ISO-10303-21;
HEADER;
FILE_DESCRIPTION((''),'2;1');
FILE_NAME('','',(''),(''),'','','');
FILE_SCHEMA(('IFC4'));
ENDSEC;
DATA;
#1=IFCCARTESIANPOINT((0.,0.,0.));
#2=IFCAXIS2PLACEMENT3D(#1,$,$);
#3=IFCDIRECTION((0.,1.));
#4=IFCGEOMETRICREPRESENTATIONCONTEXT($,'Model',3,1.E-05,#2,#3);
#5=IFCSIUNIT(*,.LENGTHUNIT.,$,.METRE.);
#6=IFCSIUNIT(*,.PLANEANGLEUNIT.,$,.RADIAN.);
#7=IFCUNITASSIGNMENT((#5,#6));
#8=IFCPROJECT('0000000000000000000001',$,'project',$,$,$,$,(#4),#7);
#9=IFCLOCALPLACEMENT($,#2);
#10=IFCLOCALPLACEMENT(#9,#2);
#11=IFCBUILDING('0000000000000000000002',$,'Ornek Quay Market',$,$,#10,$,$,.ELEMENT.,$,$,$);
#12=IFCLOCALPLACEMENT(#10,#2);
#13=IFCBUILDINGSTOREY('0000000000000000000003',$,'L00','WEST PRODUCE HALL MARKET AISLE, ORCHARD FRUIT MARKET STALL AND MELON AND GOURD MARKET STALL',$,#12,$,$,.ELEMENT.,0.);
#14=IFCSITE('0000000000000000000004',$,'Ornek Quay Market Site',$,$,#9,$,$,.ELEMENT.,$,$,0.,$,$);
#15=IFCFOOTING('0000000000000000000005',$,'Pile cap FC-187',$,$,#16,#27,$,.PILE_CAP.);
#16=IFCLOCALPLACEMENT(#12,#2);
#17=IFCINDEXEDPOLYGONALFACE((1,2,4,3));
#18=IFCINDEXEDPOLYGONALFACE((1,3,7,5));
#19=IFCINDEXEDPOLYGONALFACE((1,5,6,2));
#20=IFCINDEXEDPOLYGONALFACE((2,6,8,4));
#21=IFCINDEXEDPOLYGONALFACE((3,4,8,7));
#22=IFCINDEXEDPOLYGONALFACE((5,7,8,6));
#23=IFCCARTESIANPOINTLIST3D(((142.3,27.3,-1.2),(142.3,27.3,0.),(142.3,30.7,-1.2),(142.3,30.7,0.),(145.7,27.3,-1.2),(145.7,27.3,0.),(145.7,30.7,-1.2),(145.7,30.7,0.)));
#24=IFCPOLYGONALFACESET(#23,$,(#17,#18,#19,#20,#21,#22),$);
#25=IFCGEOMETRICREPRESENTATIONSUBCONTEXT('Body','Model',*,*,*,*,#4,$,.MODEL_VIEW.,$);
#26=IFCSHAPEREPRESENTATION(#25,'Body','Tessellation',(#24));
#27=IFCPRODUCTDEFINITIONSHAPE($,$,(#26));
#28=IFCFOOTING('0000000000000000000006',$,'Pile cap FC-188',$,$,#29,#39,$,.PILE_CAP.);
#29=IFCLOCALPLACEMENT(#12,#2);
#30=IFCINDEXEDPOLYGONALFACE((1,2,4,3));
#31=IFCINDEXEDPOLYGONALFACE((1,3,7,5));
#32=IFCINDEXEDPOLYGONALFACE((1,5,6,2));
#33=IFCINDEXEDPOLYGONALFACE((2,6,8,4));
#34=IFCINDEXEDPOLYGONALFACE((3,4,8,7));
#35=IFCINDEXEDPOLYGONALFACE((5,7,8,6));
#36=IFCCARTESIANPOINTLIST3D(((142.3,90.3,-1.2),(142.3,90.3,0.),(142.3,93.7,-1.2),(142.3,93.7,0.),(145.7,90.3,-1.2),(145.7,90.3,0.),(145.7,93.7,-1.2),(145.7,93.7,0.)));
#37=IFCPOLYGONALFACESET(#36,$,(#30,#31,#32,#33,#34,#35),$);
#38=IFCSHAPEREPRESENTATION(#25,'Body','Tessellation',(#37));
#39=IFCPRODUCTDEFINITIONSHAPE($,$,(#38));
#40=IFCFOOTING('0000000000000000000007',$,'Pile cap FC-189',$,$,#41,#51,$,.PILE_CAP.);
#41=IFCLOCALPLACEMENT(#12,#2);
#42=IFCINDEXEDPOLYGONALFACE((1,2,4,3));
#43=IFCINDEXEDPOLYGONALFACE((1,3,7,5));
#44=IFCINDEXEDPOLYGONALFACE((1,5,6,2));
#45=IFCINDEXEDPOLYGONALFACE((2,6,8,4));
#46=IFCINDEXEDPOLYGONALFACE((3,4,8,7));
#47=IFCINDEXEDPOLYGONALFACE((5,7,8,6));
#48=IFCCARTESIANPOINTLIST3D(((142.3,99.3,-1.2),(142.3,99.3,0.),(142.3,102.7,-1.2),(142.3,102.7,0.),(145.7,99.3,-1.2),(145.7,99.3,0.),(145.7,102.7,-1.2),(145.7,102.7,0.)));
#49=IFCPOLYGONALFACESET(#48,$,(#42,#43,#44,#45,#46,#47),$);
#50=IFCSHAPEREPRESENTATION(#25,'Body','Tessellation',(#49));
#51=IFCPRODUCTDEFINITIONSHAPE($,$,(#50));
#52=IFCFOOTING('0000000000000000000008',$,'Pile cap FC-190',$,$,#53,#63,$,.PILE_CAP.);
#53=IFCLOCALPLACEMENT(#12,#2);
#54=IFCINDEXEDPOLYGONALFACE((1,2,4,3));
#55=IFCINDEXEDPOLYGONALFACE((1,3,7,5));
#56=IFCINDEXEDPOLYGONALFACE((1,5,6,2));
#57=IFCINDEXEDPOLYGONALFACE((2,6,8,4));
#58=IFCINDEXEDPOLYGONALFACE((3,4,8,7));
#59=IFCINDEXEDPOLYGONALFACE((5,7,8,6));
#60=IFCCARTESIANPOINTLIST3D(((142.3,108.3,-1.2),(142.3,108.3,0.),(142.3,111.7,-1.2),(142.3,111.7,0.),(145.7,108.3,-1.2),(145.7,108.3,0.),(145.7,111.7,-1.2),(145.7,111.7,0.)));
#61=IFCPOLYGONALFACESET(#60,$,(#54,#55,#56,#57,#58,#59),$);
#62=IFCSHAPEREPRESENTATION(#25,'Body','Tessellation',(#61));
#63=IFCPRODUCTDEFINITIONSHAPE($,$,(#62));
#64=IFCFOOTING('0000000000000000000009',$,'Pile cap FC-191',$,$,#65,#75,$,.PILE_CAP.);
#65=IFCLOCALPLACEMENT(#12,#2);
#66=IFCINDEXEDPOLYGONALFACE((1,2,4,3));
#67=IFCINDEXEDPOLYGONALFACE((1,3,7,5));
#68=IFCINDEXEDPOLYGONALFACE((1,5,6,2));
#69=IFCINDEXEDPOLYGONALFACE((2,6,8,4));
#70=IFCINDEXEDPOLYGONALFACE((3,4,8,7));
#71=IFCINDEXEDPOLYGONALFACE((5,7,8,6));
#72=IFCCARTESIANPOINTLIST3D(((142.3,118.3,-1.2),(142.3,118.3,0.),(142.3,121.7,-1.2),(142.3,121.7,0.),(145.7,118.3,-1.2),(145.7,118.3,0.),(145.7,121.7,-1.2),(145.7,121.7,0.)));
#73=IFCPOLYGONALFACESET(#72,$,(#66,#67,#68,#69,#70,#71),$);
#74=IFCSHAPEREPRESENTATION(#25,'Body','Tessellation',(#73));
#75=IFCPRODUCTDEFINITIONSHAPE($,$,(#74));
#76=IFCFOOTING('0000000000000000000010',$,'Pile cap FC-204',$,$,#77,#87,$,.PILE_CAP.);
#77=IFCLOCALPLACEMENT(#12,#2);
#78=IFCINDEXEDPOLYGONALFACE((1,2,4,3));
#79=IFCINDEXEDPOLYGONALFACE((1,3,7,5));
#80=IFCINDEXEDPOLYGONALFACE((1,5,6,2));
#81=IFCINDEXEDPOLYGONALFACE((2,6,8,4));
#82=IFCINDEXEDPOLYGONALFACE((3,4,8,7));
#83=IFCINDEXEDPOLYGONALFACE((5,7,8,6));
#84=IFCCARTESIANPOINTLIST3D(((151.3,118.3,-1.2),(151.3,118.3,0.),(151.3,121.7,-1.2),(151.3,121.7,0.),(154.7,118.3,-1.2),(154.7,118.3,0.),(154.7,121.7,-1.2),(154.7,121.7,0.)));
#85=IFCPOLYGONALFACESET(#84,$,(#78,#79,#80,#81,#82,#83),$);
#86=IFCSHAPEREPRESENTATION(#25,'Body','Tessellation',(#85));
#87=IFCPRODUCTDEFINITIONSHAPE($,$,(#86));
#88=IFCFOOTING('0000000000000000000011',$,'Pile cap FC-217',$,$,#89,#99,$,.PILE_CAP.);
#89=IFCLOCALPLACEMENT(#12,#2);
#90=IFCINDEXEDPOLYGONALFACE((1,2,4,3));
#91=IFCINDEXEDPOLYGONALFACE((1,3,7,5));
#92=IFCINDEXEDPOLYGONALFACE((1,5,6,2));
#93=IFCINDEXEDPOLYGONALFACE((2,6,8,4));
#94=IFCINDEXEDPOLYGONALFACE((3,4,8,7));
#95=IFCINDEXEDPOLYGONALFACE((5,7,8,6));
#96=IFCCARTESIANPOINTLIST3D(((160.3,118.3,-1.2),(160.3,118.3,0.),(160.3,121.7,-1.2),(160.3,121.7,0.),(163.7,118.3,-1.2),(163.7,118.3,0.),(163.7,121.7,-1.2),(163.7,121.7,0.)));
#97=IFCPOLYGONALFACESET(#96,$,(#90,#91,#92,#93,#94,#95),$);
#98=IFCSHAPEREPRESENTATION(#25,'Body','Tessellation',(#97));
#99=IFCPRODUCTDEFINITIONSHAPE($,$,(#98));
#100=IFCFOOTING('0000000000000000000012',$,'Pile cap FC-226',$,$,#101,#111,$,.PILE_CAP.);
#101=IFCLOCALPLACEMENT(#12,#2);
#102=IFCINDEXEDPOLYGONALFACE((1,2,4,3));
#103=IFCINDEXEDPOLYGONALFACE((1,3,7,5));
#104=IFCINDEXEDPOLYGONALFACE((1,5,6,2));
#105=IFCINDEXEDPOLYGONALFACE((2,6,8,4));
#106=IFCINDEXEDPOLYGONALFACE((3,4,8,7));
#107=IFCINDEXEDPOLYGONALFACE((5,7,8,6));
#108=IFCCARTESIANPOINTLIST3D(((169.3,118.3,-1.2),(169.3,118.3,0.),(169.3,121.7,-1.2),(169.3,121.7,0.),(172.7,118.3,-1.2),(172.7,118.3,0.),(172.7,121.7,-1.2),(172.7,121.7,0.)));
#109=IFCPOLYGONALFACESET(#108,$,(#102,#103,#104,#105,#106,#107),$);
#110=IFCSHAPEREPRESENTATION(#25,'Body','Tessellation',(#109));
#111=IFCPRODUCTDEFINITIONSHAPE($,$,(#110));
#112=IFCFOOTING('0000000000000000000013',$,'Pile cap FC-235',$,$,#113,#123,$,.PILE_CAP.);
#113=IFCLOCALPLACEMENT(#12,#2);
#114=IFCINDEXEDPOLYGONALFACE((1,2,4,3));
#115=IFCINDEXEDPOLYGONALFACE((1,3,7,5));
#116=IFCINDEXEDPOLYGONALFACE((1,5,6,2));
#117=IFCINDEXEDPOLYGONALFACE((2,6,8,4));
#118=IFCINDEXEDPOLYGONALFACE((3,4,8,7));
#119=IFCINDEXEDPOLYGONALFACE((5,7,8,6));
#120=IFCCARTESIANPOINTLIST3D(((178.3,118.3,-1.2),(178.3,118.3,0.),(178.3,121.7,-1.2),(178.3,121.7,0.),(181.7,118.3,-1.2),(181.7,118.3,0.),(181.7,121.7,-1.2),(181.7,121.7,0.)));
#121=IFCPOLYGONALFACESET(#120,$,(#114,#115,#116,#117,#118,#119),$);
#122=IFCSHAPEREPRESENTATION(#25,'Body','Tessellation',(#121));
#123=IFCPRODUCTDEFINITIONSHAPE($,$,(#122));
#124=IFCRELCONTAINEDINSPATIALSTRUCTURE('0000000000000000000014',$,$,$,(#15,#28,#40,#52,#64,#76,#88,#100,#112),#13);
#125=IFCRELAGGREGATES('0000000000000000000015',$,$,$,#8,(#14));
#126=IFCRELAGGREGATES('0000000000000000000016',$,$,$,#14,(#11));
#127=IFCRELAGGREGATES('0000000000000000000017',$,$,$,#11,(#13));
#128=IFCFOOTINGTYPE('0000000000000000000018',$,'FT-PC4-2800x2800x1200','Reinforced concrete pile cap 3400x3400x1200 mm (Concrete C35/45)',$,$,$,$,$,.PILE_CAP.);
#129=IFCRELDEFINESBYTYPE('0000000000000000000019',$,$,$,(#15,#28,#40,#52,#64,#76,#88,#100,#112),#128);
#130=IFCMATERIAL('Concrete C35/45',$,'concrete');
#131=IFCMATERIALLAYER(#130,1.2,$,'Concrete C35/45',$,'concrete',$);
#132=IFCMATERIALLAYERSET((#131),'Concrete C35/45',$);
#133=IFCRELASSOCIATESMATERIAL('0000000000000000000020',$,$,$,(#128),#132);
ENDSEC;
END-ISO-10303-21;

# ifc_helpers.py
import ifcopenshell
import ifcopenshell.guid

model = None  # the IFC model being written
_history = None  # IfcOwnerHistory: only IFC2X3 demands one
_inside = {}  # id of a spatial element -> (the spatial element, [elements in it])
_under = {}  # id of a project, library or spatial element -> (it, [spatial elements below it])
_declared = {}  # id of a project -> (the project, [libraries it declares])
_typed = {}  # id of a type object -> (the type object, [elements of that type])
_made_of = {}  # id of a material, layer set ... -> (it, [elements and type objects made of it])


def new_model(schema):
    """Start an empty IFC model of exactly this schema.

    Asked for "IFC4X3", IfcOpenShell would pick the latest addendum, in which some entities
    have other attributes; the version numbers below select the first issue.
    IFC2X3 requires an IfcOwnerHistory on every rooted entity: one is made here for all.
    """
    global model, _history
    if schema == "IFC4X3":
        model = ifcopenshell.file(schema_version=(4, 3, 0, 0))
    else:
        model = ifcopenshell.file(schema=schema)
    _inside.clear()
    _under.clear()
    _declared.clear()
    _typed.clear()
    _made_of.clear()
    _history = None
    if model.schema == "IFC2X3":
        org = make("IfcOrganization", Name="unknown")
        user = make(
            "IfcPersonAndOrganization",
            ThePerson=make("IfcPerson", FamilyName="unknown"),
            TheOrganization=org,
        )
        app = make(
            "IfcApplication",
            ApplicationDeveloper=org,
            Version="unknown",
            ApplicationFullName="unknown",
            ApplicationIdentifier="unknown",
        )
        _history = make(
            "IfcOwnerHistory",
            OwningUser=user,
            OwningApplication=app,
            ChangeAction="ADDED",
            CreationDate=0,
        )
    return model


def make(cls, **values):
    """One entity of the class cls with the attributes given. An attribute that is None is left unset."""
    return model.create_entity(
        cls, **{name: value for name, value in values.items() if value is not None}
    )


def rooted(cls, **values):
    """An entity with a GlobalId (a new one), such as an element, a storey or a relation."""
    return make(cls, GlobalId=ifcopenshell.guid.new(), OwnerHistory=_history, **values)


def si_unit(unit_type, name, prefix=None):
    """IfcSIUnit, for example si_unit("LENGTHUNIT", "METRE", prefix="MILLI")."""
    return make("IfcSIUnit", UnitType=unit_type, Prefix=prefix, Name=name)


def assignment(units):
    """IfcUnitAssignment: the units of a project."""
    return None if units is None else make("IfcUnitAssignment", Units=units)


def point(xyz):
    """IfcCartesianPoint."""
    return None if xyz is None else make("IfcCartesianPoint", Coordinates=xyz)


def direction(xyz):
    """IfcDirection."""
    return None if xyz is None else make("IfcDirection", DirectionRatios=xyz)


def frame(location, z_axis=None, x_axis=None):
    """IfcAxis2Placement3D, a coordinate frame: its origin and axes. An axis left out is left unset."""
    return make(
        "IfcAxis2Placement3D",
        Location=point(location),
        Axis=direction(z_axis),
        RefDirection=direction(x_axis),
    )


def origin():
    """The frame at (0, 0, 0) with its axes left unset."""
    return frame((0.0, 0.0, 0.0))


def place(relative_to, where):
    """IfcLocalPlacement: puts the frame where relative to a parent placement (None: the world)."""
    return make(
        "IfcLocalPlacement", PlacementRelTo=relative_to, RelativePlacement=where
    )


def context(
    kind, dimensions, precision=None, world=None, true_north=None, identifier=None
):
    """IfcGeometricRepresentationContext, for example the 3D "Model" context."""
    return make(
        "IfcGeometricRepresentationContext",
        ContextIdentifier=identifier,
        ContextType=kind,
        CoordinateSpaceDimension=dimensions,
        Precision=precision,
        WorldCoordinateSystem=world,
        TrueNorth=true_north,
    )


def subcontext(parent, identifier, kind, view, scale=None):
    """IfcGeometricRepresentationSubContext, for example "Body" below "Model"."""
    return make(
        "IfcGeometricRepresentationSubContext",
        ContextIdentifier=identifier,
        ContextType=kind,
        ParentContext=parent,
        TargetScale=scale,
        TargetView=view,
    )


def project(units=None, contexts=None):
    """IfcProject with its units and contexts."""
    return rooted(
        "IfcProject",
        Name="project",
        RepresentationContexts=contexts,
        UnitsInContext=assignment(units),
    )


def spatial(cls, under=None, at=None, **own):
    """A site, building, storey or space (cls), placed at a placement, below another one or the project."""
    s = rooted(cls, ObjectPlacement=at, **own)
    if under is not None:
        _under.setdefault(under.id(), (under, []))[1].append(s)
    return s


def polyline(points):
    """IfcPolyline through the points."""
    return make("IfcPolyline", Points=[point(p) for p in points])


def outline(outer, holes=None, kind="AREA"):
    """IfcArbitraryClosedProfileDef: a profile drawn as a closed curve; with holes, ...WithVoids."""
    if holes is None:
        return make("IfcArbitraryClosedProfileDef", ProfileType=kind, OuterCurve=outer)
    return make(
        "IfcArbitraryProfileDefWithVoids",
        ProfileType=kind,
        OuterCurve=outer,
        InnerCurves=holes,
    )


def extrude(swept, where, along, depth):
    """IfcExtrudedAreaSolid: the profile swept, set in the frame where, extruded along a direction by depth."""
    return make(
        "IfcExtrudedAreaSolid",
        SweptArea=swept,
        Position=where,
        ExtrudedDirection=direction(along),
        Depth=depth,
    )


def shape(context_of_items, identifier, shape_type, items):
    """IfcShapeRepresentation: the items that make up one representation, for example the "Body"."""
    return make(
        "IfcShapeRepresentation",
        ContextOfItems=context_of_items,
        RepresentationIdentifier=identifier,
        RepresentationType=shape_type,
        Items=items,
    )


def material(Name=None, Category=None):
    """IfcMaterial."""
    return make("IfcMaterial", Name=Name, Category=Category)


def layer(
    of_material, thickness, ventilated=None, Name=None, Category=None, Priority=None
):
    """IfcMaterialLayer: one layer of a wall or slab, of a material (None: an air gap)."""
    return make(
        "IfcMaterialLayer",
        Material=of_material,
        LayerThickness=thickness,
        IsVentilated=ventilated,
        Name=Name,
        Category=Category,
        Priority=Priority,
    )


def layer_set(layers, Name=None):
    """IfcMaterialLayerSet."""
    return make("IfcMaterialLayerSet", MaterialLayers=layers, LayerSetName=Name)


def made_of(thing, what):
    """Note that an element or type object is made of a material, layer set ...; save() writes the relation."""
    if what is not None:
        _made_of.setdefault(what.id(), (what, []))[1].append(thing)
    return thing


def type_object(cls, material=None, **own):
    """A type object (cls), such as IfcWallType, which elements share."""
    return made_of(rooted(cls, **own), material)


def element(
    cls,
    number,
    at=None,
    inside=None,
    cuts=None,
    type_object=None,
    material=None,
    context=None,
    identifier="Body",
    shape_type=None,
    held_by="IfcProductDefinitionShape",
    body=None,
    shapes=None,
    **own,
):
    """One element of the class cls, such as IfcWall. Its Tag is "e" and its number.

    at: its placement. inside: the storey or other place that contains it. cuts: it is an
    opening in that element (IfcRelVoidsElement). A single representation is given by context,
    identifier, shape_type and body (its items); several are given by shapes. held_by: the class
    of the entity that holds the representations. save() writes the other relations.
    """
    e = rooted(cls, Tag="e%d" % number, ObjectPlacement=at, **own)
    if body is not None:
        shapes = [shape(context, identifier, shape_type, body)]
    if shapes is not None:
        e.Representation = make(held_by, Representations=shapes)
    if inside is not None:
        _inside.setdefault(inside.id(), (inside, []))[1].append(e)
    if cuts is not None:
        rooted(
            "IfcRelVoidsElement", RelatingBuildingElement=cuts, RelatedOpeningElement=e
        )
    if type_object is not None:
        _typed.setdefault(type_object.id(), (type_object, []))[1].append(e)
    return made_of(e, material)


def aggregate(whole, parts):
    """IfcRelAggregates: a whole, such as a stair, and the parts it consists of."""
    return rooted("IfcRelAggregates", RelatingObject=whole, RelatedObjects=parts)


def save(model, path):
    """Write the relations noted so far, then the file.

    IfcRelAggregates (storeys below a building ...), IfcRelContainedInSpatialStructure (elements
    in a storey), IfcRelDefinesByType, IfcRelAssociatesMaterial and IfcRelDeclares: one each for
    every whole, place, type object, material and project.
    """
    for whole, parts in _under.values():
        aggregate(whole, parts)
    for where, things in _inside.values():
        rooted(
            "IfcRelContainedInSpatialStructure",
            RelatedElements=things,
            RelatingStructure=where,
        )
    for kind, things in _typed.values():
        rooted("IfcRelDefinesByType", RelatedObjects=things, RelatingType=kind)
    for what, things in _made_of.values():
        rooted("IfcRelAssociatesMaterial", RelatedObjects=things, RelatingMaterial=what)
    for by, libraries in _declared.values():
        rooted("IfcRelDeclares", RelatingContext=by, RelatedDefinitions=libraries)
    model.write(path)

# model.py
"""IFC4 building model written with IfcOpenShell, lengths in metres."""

from ifc_helpers import new_model, si_unit, direction, frame, origin, place, context, subcontext, project, spatial, polyline, outline, extrude, material, layer, layer_set, type_object, element, save


model = new_model("IFC4")

# Units and contexts
model_context = context("Model", 3, precision=1e-05, world=origin(), true_north=direction((0.0, 1.0)))
body_context = subcontext(model_context, "Body", "Model", "MODEL_VIEW")
ifc_project = project(units=[si_unit("LENGTHUNIT", "METRE"), si_unit("PLANEANGLEUNIT", "RADIAN")], contexts=[model_context])

# Site, building, storey
site_placement = place(None, origin())
site = spatial("IfcSite", under=ifc_project, at=site_placement, Name="Ornek Quay Market Site", CompositionType="ELEMENT", RefElevation=0.0)
building_placement = place(site_placement, origin())
building = spatial("IfcBuilding", under=site, at=building_placement, Name="Ornek Quay Market", CompositionType="ELEMENT")
storey_placement = place(building_placement, origin())
storey = spatial("IfcBuildingStorey", under=building, at=storey_placement, Name="L00", Description="WEST PRODUCE HALL MARKET AISLE, ORCHARD FRUIT MARKET STALL AND MELON AND GOURD MARKET STALL", CompositionType="ELEMENT", Elevation=0.0)

# Footings
ifc_material = material(Name="Concrete C35/45", Category="concrete")
ifc_layer = layer(ifc_material, 1.2, Name="Concrete C35/45", Category="concrete")
ifc_layer_set = layer_set([ifc_layer], Name="Concrete C35/45")
footing_type = type_object("IfcFootingType", Name="FT-PC4-2800x2800x1200", Description="Reinforced concrete pile cap 3400x3400x1200 mm (Concrete C35/45)", PredefinedType="PILE_CAP", material=ifc_layer_set)
footing_1_placement = place(storey_placement, frame((0.0, 0.0, -1.2)))
element("IfcFooting", 1, at=footing_1_placement, inside=storey, type_object=footing_type, Name="Pile cap FC-187", PredefinedType="PILE_CAP", context=body_context, shape_type="SweptSolid", body=[
    extrude(outline(polyline([(142.3, 27.3), (145.7, 27.3), (145.7, 30.7), (142.3, 30.7), (142.3, 27.3)])), origin(), (0.0, 0.0, 1.0), 1.2),
])
footing_2_placement = place(storey_placement, frame((0.0, 0.0, -1.2)))
element("IfcFooting", 2, at=footing_2_placement, inside=storey, type_object=footing_type, Name="Pile cap FC-188", PredefinedType="PILE_CAP", context=body_context, shape_type="SweptSolid", body=[
    extrude(outline(polyline([(142.3, 90.3), (145.7, 90.3), (145.7, 93.7), (142.3, 93.7), (142.3, 90.3)])), origin(), (0.0, 0.0, 1.0), 1.2),
])
footing_3_placement = place(storey_placement, frame((0.0, 0.0, -1.2)))
element("IfcFooting", 3, at=footing_3_placement, inside=storey, type_object=footing_type, Name="Pile cap FC-189", PredefinedType="PILE_CAP", context=body_context, shape_type="SweptSolid", body=[
    extrude(outline(polyline([(142.3, 99.3), (145.7, 99.3), (145.7, 102.7), (142.3, 102.7), (142.3, 99.3)])), origin(), (0.0, 0.0, 1.0), 1.2),
])
footing_4_placement = place(storey_placement, frame((0.0, 0.0, -1.2)))
element("IfcFooting", 4, at=footing_4_placement, inside=storey, type_object=footing_type, Name="Pile cap FC-190", PredefinedType="PILE_CAP", context=body_context, shape_type="SweptSolid", body=[
    extrude(outline(polyline([(142.3, 108.3), (145.7, 108.3), (145.7, 111.7), (142.3, 111.7), (142.3, 108.3)])), origin(), (0.0, 0.0, 1.0), 1.2),
])
footing_5_placement = place(storey_placement, frame((0.0, 0.0, -1.2)))
element("IfcFooting", 5, at=footing_5_placement, inside=storey, type_object=footing_type, Name="Pile cap FC-191", PredefinedType="PILE_CAP", context=body_context, shape_type="SweptSolid", body=[
    extrude(outline(polyline([(142.3, 118.3), (145.7, 118.3), (145.7, 121.7), (142.3, 121.7), (142.3, 118.3)])), origin(), (0.0, 0.0, 1.0), 1.2),
])
footing_6_placement = place(storey_placement, frame((0.0, 0.0, -1.2)))
element("IfcFooting", 6, at=footing_6_placement, inside=storey, type_object=footing_type, Name="Pile cap FC-204", PredefinedType="PILE_CAP", context=body_context, shape_type="SweptSolid", body=[
    extrude(outline(polyline([(151.3, 118.3), (154.7, 118.3), (154.7, 121.7), (151.3, 121.7), (151.3, 118.3)])), origin(), (0.0, 0.0, 1.0), 1.2),
])
footing_7_placement = place(storey_placement, frame((0.0, 0.0, -1.2)))
element("IfcFooting", 7, at=footing_7_placement, inside=storey, type_object=footing_type, Name="Pile cap FC-217", PredefinedType="PILE_CAP", context=body_context, shape_type="SweptSolid", body=[
    extrude(outline(polyline([(160.3, 118.3), (163.7, 118.3), (163.7, 121.7), (160.3, 121.7), (160.3, 118.3)])), origin(), (0.0, 0.0, 1.0), 1.2),
])
footing_8_placement = place(storey_placement, frame((0.0, 0.0, -1.2)))
element("IfcFooting", 8, at=footing_8_placement, inside=storey, type_object=footing_type, Name="Pile cap FC-226", PredefinedType="PILE_CAP", context=body_context, shape_type="SweptSolid", body=[
    extrude(outline(polyline([(169.3, 118.3), (172.7, 118.3), (172.7, 121.7), (169.3, 121.7), (169.3, 118.3)])), origin(), (0.0, 0.0, 1.0), 1.2),
])
footing_9_placement = place(storey_placement, frame((0.0, 0.0, -1.2)))
element("IfcFooting", 9, at=footing_9_placement, inside=storey, type_object=footing_type, Name="Pile cap FC-235", PredefinedType="PILE_CAP", context=body_context, shape_type="SweptSolid", body=[
    extrude(outline(polyline([(178.3, 118.3), (181.7, 118.3), (181.7, 121.7), (178.3, 121.7), (178.3, 118.3)])), origin(), (0.0, 0.0, 1.0), 1.2),
])

save(model, "model.ifc")
